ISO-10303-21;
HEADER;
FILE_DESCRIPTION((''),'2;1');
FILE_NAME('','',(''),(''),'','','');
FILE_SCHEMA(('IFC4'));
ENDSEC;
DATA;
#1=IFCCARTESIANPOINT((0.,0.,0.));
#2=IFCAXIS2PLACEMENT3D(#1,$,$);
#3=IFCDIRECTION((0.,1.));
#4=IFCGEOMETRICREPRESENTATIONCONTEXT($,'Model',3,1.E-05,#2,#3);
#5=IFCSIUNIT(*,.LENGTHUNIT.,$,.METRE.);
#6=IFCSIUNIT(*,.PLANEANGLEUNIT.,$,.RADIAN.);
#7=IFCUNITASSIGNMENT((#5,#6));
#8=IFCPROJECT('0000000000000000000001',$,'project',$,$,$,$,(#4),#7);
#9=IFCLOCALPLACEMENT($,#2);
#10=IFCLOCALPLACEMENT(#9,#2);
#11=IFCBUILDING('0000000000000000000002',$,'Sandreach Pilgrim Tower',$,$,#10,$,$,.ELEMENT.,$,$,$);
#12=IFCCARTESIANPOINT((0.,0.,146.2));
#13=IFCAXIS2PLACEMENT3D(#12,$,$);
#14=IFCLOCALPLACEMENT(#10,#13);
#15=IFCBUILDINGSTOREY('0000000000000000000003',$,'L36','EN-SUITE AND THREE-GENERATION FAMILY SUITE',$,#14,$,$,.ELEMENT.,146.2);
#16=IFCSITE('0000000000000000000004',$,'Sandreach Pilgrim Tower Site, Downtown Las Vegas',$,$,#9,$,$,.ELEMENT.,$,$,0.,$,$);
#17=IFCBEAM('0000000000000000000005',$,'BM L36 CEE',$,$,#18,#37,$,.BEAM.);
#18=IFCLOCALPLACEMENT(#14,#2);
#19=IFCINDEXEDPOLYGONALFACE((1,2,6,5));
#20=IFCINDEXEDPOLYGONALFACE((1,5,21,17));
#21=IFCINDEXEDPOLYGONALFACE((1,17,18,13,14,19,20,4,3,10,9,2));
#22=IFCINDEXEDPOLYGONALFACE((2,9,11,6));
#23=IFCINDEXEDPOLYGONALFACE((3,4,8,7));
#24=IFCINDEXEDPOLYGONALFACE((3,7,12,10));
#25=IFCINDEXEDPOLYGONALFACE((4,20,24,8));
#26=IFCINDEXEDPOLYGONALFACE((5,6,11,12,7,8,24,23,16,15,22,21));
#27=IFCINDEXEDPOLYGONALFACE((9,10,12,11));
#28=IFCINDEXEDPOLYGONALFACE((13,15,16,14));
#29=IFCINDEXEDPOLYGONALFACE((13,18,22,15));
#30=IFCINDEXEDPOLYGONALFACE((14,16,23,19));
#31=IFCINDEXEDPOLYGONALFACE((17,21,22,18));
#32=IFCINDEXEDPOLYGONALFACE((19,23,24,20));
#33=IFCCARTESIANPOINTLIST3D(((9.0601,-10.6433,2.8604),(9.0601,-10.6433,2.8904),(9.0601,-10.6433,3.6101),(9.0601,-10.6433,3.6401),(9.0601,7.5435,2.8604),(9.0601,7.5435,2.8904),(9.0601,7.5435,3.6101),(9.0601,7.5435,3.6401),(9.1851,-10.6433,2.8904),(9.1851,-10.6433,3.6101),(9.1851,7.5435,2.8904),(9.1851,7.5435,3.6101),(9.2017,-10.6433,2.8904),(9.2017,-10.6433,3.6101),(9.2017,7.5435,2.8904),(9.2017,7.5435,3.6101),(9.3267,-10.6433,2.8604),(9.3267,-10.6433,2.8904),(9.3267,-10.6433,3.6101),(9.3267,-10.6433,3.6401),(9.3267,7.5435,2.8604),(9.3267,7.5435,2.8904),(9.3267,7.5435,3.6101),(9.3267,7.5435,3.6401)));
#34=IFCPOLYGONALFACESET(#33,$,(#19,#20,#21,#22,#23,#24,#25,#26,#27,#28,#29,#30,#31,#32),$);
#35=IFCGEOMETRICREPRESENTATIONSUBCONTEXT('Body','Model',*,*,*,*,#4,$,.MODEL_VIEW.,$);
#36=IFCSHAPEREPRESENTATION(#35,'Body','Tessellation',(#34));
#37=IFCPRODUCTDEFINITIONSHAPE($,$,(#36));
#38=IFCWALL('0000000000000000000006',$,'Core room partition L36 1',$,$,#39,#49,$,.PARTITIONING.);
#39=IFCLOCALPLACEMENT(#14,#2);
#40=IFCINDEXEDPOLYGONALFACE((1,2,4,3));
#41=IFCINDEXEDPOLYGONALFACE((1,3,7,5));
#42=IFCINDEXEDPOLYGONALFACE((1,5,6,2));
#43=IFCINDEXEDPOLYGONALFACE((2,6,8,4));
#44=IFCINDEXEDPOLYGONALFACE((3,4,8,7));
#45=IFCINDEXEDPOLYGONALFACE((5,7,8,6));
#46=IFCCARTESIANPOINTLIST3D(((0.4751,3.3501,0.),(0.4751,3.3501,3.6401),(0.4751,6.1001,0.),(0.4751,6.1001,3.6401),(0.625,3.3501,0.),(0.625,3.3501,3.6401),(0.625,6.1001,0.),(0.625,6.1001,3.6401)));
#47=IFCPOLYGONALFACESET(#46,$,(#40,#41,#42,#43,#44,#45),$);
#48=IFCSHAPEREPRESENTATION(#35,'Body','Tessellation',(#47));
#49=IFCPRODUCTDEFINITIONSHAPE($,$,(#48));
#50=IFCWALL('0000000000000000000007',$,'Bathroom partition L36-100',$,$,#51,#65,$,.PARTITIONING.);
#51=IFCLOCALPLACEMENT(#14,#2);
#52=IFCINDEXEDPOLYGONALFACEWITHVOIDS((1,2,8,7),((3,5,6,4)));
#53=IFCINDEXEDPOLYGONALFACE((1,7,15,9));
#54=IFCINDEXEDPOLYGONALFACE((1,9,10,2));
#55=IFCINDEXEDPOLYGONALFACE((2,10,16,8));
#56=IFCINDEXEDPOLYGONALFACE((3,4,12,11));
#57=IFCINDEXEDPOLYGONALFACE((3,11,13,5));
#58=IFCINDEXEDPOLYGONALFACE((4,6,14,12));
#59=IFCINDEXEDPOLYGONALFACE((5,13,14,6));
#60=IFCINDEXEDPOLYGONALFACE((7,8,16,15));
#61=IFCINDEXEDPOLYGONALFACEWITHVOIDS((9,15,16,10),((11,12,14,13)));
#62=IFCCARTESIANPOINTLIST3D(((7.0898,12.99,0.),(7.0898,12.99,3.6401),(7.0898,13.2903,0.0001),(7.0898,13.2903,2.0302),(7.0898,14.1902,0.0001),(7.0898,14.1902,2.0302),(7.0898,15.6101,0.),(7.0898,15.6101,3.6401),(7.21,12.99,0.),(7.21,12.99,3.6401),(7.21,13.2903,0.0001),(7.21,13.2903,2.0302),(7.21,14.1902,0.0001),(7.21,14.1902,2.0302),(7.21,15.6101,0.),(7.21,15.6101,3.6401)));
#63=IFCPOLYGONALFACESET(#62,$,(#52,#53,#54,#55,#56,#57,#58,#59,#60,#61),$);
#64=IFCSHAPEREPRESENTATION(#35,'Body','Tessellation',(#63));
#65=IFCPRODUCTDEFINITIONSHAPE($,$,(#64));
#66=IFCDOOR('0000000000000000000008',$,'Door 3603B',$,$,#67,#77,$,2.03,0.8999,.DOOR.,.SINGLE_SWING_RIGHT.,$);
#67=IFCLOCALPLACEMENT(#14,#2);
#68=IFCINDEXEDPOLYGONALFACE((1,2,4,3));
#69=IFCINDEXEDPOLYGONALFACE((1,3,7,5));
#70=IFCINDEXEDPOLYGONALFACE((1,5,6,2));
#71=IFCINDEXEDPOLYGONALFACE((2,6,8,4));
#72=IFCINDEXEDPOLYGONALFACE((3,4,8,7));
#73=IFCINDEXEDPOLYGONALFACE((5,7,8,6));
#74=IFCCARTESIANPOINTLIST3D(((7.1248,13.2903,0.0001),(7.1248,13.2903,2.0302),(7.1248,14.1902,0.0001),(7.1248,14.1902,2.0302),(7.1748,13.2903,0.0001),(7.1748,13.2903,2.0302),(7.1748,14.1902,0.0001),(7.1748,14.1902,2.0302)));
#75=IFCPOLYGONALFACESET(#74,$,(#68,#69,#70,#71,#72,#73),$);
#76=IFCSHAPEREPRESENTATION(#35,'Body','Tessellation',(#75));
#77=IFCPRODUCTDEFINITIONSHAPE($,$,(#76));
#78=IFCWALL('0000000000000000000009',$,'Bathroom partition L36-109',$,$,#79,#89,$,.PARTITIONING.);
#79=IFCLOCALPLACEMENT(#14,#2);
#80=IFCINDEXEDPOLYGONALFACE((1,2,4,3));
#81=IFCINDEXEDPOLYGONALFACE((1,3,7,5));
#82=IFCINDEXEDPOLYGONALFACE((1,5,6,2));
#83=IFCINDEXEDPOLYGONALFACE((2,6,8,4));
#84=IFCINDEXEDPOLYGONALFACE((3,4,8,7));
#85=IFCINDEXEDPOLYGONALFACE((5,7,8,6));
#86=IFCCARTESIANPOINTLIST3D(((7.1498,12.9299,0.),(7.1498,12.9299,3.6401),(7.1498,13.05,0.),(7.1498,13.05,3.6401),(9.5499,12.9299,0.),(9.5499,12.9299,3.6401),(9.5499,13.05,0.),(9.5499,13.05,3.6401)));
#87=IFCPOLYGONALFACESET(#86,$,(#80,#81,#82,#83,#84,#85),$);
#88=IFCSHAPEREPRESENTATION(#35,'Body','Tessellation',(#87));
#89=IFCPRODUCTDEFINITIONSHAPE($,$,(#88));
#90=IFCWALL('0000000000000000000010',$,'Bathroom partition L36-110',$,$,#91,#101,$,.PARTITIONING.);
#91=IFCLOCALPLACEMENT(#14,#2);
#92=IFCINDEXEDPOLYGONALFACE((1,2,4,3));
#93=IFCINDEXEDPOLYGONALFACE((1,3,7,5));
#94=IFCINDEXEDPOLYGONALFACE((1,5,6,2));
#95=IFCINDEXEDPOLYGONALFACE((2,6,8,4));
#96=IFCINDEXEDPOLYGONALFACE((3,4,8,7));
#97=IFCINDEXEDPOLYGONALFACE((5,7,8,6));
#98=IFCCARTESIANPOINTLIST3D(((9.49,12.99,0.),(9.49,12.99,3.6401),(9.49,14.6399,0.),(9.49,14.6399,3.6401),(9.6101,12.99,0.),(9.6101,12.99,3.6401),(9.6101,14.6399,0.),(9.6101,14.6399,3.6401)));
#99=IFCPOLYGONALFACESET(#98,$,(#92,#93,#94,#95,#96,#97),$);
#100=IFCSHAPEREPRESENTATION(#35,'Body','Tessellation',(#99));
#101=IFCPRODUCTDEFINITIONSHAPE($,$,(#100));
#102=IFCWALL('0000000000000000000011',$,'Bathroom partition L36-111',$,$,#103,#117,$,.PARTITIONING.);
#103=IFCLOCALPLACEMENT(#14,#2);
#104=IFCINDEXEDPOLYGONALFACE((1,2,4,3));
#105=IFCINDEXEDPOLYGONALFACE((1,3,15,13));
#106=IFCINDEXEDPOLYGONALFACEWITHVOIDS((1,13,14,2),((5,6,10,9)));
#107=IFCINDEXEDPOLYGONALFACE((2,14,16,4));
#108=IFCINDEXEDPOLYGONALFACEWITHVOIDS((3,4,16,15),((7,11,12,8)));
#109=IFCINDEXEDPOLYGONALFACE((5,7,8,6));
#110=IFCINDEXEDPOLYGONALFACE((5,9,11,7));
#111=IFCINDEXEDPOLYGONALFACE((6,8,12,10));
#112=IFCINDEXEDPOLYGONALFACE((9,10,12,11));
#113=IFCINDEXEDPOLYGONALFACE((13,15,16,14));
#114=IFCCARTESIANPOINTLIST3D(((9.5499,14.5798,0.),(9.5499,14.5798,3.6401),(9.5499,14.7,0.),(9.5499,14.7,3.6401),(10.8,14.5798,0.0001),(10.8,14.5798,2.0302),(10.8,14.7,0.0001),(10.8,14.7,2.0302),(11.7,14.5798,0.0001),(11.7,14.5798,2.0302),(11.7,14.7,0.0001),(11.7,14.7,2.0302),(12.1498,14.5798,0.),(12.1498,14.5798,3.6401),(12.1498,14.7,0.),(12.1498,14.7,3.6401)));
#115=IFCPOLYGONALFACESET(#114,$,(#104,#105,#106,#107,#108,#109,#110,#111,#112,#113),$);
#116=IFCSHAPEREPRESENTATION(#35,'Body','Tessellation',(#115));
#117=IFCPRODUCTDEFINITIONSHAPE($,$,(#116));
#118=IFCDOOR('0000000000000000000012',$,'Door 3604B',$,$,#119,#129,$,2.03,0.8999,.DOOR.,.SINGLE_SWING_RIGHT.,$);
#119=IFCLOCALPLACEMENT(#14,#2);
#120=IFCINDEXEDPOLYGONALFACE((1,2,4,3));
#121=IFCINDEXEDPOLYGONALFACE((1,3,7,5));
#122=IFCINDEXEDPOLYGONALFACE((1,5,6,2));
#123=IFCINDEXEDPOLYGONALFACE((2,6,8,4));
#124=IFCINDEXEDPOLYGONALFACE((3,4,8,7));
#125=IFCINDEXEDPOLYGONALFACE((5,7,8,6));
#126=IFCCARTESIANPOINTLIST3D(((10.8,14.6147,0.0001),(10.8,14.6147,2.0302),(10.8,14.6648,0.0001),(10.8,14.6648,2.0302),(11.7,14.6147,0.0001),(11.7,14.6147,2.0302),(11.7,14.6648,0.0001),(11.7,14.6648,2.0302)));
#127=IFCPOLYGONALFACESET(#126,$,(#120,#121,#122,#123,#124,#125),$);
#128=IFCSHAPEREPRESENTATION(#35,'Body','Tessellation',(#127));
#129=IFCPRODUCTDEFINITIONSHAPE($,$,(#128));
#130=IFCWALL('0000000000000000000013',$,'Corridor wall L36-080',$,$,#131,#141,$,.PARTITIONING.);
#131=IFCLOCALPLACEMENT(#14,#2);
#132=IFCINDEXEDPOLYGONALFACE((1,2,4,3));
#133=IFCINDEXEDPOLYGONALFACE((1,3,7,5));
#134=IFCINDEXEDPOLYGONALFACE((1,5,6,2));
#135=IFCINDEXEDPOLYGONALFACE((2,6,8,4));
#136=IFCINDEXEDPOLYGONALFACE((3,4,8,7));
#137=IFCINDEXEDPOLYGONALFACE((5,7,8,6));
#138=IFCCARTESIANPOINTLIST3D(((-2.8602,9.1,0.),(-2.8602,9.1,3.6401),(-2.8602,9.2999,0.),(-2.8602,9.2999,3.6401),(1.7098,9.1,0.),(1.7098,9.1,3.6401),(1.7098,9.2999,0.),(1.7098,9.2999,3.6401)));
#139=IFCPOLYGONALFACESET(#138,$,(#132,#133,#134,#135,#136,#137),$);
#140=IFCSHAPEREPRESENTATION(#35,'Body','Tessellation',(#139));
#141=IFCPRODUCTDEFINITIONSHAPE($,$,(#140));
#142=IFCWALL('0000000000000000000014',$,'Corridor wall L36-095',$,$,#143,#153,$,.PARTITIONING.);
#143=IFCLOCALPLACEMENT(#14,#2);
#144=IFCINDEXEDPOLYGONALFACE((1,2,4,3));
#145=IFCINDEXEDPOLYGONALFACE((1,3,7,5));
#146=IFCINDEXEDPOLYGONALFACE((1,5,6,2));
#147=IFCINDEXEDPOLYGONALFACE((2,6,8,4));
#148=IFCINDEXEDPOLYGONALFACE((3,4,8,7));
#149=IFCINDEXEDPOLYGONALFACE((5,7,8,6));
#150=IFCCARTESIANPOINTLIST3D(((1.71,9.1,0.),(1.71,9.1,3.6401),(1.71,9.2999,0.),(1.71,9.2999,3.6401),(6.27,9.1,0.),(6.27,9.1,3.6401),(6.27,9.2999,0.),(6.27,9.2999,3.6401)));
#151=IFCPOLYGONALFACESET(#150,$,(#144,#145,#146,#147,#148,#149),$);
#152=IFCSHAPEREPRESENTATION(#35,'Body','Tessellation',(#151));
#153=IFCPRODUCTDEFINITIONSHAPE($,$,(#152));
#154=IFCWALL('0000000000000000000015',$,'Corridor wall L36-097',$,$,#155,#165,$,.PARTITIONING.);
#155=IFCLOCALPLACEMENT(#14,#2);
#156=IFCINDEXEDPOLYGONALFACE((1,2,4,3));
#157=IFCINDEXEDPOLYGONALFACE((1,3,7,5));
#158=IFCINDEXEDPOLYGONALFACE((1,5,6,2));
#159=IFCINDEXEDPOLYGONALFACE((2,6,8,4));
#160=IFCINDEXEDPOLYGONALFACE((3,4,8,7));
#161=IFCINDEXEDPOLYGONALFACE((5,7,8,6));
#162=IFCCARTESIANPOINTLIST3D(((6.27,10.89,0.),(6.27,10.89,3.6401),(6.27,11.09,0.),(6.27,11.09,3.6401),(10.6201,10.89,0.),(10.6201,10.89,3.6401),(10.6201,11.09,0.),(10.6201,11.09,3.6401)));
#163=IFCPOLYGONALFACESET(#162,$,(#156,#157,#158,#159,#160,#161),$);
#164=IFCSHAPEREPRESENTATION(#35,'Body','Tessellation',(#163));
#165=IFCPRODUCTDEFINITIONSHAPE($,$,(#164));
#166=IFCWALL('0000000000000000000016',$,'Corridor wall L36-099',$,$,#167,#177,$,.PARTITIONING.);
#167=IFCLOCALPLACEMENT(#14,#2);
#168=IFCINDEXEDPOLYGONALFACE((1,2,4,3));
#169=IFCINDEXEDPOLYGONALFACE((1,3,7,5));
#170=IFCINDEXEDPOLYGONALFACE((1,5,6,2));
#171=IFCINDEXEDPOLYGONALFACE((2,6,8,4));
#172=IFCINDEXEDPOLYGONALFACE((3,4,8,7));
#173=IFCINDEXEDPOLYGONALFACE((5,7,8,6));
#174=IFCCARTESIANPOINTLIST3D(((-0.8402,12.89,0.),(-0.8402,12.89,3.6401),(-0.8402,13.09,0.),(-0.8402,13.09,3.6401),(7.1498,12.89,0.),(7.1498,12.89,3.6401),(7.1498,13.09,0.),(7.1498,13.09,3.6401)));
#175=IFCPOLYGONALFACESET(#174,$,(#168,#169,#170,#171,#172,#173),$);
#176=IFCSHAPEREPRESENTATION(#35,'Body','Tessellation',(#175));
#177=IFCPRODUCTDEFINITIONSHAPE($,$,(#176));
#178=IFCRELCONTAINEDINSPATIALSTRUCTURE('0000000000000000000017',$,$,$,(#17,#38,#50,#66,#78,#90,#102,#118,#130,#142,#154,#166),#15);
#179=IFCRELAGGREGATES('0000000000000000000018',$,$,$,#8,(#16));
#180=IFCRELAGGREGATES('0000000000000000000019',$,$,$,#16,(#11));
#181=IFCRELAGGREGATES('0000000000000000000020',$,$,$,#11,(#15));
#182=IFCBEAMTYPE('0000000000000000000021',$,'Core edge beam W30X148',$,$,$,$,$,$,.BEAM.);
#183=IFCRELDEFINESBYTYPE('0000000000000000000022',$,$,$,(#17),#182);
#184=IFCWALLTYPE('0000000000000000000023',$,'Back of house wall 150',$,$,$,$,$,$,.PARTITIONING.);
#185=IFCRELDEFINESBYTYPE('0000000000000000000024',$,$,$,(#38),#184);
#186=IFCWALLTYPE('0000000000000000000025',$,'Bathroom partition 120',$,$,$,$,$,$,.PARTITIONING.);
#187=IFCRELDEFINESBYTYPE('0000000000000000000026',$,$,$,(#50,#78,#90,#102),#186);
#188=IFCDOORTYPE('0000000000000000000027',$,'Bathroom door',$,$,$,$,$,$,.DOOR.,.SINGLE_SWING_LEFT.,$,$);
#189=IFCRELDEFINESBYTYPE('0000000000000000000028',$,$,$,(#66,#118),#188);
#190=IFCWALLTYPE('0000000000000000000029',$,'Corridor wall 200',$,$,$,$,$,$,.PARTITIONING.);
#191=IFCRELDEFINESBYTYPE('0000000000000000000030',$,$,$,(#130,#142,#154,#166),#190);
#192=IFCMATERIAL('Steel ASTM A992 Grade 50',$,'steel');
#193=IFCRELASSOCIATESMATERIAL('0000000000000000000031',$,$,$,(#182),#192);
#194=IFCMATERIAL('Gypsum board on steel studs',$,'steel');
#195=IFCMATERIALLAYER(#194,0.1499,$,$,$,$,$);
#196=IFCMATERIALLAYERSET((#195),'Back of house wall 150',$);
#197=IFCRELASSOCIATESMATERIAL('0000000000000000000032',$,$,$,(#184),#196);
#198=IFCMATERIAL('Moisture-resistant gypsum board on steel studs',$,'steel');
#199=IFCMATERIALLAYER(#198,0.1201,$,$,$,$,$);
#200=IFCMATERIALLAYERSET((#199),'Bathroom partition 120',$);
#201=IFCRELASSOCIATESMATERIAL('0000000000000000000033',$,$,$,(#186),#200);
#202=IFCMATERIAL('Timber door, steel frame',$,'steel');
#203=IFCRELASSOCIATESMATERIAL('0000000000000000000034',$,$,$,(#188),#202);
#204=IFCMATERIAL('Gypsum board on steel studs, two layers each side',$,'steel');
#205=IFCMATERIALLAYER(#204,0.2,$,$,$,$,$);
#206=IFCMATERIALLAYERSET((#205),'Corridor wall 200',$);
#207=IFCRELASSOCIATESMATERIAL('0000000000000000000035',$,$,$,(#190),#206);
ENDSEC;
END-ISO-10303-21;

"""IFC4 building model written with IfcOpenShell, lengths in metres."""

from ifc_helpers import new_model, si_unit, direction, frame, frame_2d, origin, origin_2d, place, context, subcontext, project, spatial, rectangle, i_section, extrude, material, layer, layer_set, material_profile, profile_set, type_object, element, fill, save


model = new_model("IFC4")

# Units and contexts
model_context = context("Model", 3, precision=1e-05, world=origin(), true_north=direction((0.0, 1.0)))
body_context = subcontext(model_context, "Body", "Model", "MODEL_VIEW")
ifc_project = project(units=[si_unit("LENGTHUNIT", "METRE"), si_unit("PLANEANGLEUNIT", "RADIAN")], contexts=[model_context])

# Site, building, storey
site_placement = place(None, origin())
site = spatial("IfcSite", under=ifc_project, at=site_placement, Name="Sandreach Pilgrim Tower Site, Downtown Las Vegas", CompositionType="ELEMENT", RefElevation=0.0)
building_placement = place(site_placement, origin())
building = spatial("IfcBuilding", under=site, at=building_placement, Name="Sandreach Pilgrim Tower", CompositionType="ELEMENT")
storey_placement = place(building_placement, frame((0.0, 0.0, 146.2)))
storey = spatial("IfcBuildingStorey", under=building, at=storey_placement, Name="L36", Description="EN-SUITE AND THREE-GENERATION FAMILY SUITE", CompositionType="ELEMENT", Elevation=146.2)

# Beam
ifc_material_1 = material(Name="Steel ASTM A992 Grade 50", Category="steel")
ifc_material_profile = material_profile(ifc_material_1, i_section(OverallWidth=0.2666, OverallDepth=0.7798, WebThickness=0.0166, FlangeThickness=0.03, at=origin_2d()), Name="W30X148")
ifc_profile_set = profile_set([ifc_material_profile], Name="Steel ASTM A992 Grade 50")
beam_type = type_object("IfcBeamType", Name="Core edge beam W30X148", PredefinedType="BEAM", material=ifc_profile_set)
beam_placement = place(storey_placement, frame((9.1934, 7.5435, 3.2502), z_axis=(0.0, -1.0, 0.0), x_axis=(1.0, 0.0, 0.0)))
element("IfcBeam", 1, at=beam_placement, inside=storey, type_object=beam_type, Name="BM L36 CEE", PredefinedType="BEAM", context=body_context, shape_type="SweptSolid", body=[
    extrude(i_section(OverallWidth=0.2666, OverallDepth=0.7798, WebThickness=0.0166, FlangeThickness=0.03, at=origin_2d()), origin(), (0.0, 0.0, 1.0), 18.1868),
])

# Wall
ifc_material_2 = material(Name="Gypsum board on steel studs", Category="steel")
ifc_layer_1 = layer(ifc_material_2, 0.1499)
ifc_layer_set_1 = layer_set([ifc_layer_1], Name="Back of house wall 150")
wall_type_1 = type_object("IfcWallType", Name="Back of house wall 150", PredefinedType="PARTITIONING", material=ifc_layer_set_1)
wall_1_placement = place(storey_placement, frame((0.55, 3.3501, 0.0), z_axis=(0.0, 0.0, 1.0), x_axis=(0.0, 1.0, 0.0)))
element("IfcWall", 2, at=wall_1_placement, inside=storey, type_object=wall_type_1, Name="Core room partition L36 1", PredefinedType="PARTITIONING", context=body_context, shape_type="SweptSolid", body=[
    extrude(rectangle(XDim=2.75, YDim=0.1499, at=frame_2d((1.375, 0.0))), origin(), (0.0, 0.0, 1.0), 3.6401),
])

# Wall, opening, door
ifc_material_3 = material(Name="Moisture-resistant gypsum board on steel studs", Category="steel")
ifc_layer_2 = layer(ifc_material_3, 0.1201)
ifc_layer_set_2 = layer_set([ifc_layer_2], Name="Bathroom partition 120")
wall_type_2 = type_object("IfcWallType", Name="Bathroom partition 120", PredefinedType="PARTITIONING", material=ifc_layer_set_2)
wall_2_placement = place(storey_placement, frame((7.1499, 15.6101, 0.0), z_axis=(0.0, 0.0, 1.0), x_axis=(0.0, -1.0, 0.0)))
wall_2 = element("IfcWall", 3, at=wall_2_placement, inside=storey, type_object=wall_type_2, Name="Bathroom partition L36-100", PredefinedType="PARTITIONING", context=body_context, shape_type="SweptSolid", body=[
    extrude(rectangle(XDim=2.6201, YDim=0.1201, at=frame_2d((1.3101, 0.0))), origin(), (0.0, 0.0, 1.0), 3.6401),
])
opening_1_placement = place(wall_2_placement, frame((1.4199, 0.0, 0.0)))
opening_1 = element("IfcOpeningElement", 4, at=opening_1_placement, cuts=wall_2, PredefinedType="OPENING", context=body_context, shape_type="SweptSolid", body=[
    extrude(rectangle(XDim=0.8999, YDim=2.03, at=frame_2d((0.45, 1.0151))), frame((0.0, 0.0601, 0.0), z_axis=(0.0, -1.0, 0.0), x_axis=(1.0, 0.0, 0.0)), (0.0, 0.0, 1.0), 0.1201),
])
ifc_material_4 = material(Name="Timber door, steel frame", Category="steel")
door_type_1 = type_object("IfcDoorType", Name="Bathroom door", OperationType="SINGLE_SWING_LEFT", PredefinedType="DOOR", material=ifc_material_4)
door_1_placement = place(opening_1_placement, origin())
door_1 = element("IfcDoor", 5, at=door_1_placement, inside=storey, type_object=door_type_1, Name="Door 3603B", OperationType="SINGLE_SWING_RIGHT", OverallHeight=2.03, OverallWidth=0.8999, PredefinedType="DOOR", context=body_context, shape_type="SweptSolid", body=[
    extrude(rectangle(XDim=0.8999, YDim=2.03, at=frame_2d((0.45, 1.0151))), frame((0.0, 0.0249, 0.0), z_axis=(0.0, -1.0, 0.0), x_axis=(1.0, 0.0, 0.0)), (0.0, 0.0, 1.0), 0.05),
])
fill(opening_1, door_1)

# Walls
wall_3_placement = place(storey_placement, frame((9.55, 12.99, 0.0), z_axis=(0.0, 0.0, 1.0), x_axis=(-1.0, 0.0, 0.0)))
element("IfcWall", 6, at=wall_3_placement, inside=storey, type_object=wall_type_2, Name="Bathroom partition L36-109", PredefinedType="PARTITIONING", context=body_context, shape_type="SweptSolid", body=[
    extrude(rectangle(XDim=2.4001, YDim=0.1201, at=frame_2d((1.2002, 0.0))), origin(), (0.0, 0.0, 1.0), 3.6401),
])
wall_4_placement = place(storey_placement, frame((9.55, 14.6399, 0.0), z_axis=(0.0, 0.0, 1.0), x_axis=(0.0, -1.0, 0.0)))
element("IfcWall", 7, at=wall_4_placement, inside=storey, type_object=wall_type_2, Name="Bathroom partition L36-110", PredefinedType="PARTITIONING", context=body_context, shape_type="SweptSolid", body=[
    extrude(rectangle(XDim=1.6499, YDim=0.1201, at=frame_2d((0.825, 0.0))), origin(), (0.0, 0.0, 1.0), 3.6401),
])

# Wall, opening, door
wall_5_placement = place(storey_placement, frame((9.55, 14.6399, 0.0), z_axis=(0.0, 0.0, 1.0), x_axis=(1.0, 0.0, 0.0)))
wall_5 = element("IfcWall", 8, at=wall_5_placement, inside=storey, type_object=wall_type_2, Name="Bathroom partition L36-111", PredefinedType="PARTITIONING", context=body_context, shape_type="SweptSolid", body=[
    extrude(rectangle(XDim=2.5999, YDim=0.1201, at=frame_2d((1.2998, 0.0))), origin(), (0.0, 0.0, 1.0), 3.6401),
])
opening_2_placement = place(wall_5_placement, frame((1.25, 0.0, 0.0)))
opening_2 = element("IfcOpeningElement", 9, at=opening_2_placement, cuts=wall_5, PredefinedType="OPENING", context=body_context, shape_type="SweptSolid", body=[
    extrude(rectangle(XDim=0.8999, YDim=2.03, at=frame_2d((0.45, 1.0151))), frame((0.0, 0.0601, 0.0), z_axis=(0.0, -1.0, 0.0), x_axis=(1.0, 0.0, 0.0)), (0.0, 0.0, 1.0), 0.1201),
])
door_2_placement = place(opening_2_placement, origin())
door_2 = element("IfcDoor", 10, at=door_2_placement, inside=storey, type_object=door_type_1, Name="Door 3604B", OperationType="SINGLE_SWING_RIGHT", OverallHeight=2.03, OverallWidth=0.8999, PredefinedType="DOOR", context=body_context, shape_type="SweptSolid", body=[
    extrude(rectangle(XDim=0.8999, YDim=2.03, at=frame_2d((0.45, 1.0151))), frame((0.0, 0.0249, 0.0), z_axis=(0.0, -1.0, 0.0), x_axis=(1.0, 0.0, 0.0)), (0.0, 0.0, 1.0), 0.05),
])
fill(opening_2, door_2)

# Wall
ifc_material_5 = material(Name="Gypsum board on steel studs, two layers each side", Category="steel")
ifc_layer_3 = layer(ifc_material_5, 0.2)
ifc_layer_set_3 = layer_set([ifc_layer_3], Name="Corridor wall 200")
wall_type_3 = type_object("IfcWallType", Name="Corridor wall 200", PredefinedType="PARTITIONING", material=ifc_layer_set_3)
wall_6_placement = place(storey_placement, frame((1.71, 9.2, 0.0), z_axis=(0.0, 0.0, 1.0), x_axis=(-1.0, 0.0, 0.0)))
element("IfcWall", 11, at=wall_6_placement, inside=storey, type_object=wall_type_3, Name="Corridor wall L36-080", PredefinedType="PARTITIONING", context=body_context, shape_type="SweptSolid", body=[
    extrude(rectangle(XDim=4.5701, YDim=0.2, at=frame_2d((2.2852, 0.0))), origin(), (0.0, 0.0, 1.0), 3.6401),
])

# Walls
wall_7_placement = place(storey_placement, frame((6.27, 9.2, 0.0), z_axis=(0.0, 0.0, 1.0), x_axis=(-1.0, 0.0, 0.0)))
element("IfcWall", 12, at=wall_7_placement, inside=storey, type_object=wall_type_3, Name="Corridor wall L36-095", PredefinedType="PARTITIONING", context=body_context, shape_type="SweptSolid", body=[
    extrude(rectangle(XDim=4.5601, YDim=0.2, at=frame_2d((2.28, 0.0))), origin(), (0.0, 0.0, 1.0), 3.6401),
])
wall_8_placement = place(storey_placement, frame((6.27, 10.99, 0.0), z_axis=(0.0, 0.0, 1.0), x_axis=(1.0, 0.0, 0.0)))
element("IfcWall", 13, at=wall_8_placement, inside=storey, type_object=wall_type_3, Name="Corridor wall L36-097", PredefinedType="PARTITIONING", context=body_context, shape_type="SweptSolid", body=[
    extrude(rectangle(XDim=4.3501, YDim=0.2, at=frame_2d((2.175, 0.0))), origin(), (0.0, 0.0, 1.0), 3.6401),
])
wall_9_placement = place(storey_placement, frame((7.1499, 12.99, 0.0), z_axis=(0.0, 0.0, 1.0), x_axis=(-1.0, 0.0, 0.0)))
element("IfcWall", 14, at=wall_9_placement, inside=storey, type_object=wall_type_3, Name="Corridor wall L36-099", PredefinedType="PARTITIONING", context=body_context, shape_type="SweptSolid", body=[
    extrude(rectangle(XDim=7.99, YDim=0.2, at=frame_2d((3.9951, 0.0))), origin(), (0.0, 0.0, 1.0), 3.6401),
])

save(model, "model.ifc")
